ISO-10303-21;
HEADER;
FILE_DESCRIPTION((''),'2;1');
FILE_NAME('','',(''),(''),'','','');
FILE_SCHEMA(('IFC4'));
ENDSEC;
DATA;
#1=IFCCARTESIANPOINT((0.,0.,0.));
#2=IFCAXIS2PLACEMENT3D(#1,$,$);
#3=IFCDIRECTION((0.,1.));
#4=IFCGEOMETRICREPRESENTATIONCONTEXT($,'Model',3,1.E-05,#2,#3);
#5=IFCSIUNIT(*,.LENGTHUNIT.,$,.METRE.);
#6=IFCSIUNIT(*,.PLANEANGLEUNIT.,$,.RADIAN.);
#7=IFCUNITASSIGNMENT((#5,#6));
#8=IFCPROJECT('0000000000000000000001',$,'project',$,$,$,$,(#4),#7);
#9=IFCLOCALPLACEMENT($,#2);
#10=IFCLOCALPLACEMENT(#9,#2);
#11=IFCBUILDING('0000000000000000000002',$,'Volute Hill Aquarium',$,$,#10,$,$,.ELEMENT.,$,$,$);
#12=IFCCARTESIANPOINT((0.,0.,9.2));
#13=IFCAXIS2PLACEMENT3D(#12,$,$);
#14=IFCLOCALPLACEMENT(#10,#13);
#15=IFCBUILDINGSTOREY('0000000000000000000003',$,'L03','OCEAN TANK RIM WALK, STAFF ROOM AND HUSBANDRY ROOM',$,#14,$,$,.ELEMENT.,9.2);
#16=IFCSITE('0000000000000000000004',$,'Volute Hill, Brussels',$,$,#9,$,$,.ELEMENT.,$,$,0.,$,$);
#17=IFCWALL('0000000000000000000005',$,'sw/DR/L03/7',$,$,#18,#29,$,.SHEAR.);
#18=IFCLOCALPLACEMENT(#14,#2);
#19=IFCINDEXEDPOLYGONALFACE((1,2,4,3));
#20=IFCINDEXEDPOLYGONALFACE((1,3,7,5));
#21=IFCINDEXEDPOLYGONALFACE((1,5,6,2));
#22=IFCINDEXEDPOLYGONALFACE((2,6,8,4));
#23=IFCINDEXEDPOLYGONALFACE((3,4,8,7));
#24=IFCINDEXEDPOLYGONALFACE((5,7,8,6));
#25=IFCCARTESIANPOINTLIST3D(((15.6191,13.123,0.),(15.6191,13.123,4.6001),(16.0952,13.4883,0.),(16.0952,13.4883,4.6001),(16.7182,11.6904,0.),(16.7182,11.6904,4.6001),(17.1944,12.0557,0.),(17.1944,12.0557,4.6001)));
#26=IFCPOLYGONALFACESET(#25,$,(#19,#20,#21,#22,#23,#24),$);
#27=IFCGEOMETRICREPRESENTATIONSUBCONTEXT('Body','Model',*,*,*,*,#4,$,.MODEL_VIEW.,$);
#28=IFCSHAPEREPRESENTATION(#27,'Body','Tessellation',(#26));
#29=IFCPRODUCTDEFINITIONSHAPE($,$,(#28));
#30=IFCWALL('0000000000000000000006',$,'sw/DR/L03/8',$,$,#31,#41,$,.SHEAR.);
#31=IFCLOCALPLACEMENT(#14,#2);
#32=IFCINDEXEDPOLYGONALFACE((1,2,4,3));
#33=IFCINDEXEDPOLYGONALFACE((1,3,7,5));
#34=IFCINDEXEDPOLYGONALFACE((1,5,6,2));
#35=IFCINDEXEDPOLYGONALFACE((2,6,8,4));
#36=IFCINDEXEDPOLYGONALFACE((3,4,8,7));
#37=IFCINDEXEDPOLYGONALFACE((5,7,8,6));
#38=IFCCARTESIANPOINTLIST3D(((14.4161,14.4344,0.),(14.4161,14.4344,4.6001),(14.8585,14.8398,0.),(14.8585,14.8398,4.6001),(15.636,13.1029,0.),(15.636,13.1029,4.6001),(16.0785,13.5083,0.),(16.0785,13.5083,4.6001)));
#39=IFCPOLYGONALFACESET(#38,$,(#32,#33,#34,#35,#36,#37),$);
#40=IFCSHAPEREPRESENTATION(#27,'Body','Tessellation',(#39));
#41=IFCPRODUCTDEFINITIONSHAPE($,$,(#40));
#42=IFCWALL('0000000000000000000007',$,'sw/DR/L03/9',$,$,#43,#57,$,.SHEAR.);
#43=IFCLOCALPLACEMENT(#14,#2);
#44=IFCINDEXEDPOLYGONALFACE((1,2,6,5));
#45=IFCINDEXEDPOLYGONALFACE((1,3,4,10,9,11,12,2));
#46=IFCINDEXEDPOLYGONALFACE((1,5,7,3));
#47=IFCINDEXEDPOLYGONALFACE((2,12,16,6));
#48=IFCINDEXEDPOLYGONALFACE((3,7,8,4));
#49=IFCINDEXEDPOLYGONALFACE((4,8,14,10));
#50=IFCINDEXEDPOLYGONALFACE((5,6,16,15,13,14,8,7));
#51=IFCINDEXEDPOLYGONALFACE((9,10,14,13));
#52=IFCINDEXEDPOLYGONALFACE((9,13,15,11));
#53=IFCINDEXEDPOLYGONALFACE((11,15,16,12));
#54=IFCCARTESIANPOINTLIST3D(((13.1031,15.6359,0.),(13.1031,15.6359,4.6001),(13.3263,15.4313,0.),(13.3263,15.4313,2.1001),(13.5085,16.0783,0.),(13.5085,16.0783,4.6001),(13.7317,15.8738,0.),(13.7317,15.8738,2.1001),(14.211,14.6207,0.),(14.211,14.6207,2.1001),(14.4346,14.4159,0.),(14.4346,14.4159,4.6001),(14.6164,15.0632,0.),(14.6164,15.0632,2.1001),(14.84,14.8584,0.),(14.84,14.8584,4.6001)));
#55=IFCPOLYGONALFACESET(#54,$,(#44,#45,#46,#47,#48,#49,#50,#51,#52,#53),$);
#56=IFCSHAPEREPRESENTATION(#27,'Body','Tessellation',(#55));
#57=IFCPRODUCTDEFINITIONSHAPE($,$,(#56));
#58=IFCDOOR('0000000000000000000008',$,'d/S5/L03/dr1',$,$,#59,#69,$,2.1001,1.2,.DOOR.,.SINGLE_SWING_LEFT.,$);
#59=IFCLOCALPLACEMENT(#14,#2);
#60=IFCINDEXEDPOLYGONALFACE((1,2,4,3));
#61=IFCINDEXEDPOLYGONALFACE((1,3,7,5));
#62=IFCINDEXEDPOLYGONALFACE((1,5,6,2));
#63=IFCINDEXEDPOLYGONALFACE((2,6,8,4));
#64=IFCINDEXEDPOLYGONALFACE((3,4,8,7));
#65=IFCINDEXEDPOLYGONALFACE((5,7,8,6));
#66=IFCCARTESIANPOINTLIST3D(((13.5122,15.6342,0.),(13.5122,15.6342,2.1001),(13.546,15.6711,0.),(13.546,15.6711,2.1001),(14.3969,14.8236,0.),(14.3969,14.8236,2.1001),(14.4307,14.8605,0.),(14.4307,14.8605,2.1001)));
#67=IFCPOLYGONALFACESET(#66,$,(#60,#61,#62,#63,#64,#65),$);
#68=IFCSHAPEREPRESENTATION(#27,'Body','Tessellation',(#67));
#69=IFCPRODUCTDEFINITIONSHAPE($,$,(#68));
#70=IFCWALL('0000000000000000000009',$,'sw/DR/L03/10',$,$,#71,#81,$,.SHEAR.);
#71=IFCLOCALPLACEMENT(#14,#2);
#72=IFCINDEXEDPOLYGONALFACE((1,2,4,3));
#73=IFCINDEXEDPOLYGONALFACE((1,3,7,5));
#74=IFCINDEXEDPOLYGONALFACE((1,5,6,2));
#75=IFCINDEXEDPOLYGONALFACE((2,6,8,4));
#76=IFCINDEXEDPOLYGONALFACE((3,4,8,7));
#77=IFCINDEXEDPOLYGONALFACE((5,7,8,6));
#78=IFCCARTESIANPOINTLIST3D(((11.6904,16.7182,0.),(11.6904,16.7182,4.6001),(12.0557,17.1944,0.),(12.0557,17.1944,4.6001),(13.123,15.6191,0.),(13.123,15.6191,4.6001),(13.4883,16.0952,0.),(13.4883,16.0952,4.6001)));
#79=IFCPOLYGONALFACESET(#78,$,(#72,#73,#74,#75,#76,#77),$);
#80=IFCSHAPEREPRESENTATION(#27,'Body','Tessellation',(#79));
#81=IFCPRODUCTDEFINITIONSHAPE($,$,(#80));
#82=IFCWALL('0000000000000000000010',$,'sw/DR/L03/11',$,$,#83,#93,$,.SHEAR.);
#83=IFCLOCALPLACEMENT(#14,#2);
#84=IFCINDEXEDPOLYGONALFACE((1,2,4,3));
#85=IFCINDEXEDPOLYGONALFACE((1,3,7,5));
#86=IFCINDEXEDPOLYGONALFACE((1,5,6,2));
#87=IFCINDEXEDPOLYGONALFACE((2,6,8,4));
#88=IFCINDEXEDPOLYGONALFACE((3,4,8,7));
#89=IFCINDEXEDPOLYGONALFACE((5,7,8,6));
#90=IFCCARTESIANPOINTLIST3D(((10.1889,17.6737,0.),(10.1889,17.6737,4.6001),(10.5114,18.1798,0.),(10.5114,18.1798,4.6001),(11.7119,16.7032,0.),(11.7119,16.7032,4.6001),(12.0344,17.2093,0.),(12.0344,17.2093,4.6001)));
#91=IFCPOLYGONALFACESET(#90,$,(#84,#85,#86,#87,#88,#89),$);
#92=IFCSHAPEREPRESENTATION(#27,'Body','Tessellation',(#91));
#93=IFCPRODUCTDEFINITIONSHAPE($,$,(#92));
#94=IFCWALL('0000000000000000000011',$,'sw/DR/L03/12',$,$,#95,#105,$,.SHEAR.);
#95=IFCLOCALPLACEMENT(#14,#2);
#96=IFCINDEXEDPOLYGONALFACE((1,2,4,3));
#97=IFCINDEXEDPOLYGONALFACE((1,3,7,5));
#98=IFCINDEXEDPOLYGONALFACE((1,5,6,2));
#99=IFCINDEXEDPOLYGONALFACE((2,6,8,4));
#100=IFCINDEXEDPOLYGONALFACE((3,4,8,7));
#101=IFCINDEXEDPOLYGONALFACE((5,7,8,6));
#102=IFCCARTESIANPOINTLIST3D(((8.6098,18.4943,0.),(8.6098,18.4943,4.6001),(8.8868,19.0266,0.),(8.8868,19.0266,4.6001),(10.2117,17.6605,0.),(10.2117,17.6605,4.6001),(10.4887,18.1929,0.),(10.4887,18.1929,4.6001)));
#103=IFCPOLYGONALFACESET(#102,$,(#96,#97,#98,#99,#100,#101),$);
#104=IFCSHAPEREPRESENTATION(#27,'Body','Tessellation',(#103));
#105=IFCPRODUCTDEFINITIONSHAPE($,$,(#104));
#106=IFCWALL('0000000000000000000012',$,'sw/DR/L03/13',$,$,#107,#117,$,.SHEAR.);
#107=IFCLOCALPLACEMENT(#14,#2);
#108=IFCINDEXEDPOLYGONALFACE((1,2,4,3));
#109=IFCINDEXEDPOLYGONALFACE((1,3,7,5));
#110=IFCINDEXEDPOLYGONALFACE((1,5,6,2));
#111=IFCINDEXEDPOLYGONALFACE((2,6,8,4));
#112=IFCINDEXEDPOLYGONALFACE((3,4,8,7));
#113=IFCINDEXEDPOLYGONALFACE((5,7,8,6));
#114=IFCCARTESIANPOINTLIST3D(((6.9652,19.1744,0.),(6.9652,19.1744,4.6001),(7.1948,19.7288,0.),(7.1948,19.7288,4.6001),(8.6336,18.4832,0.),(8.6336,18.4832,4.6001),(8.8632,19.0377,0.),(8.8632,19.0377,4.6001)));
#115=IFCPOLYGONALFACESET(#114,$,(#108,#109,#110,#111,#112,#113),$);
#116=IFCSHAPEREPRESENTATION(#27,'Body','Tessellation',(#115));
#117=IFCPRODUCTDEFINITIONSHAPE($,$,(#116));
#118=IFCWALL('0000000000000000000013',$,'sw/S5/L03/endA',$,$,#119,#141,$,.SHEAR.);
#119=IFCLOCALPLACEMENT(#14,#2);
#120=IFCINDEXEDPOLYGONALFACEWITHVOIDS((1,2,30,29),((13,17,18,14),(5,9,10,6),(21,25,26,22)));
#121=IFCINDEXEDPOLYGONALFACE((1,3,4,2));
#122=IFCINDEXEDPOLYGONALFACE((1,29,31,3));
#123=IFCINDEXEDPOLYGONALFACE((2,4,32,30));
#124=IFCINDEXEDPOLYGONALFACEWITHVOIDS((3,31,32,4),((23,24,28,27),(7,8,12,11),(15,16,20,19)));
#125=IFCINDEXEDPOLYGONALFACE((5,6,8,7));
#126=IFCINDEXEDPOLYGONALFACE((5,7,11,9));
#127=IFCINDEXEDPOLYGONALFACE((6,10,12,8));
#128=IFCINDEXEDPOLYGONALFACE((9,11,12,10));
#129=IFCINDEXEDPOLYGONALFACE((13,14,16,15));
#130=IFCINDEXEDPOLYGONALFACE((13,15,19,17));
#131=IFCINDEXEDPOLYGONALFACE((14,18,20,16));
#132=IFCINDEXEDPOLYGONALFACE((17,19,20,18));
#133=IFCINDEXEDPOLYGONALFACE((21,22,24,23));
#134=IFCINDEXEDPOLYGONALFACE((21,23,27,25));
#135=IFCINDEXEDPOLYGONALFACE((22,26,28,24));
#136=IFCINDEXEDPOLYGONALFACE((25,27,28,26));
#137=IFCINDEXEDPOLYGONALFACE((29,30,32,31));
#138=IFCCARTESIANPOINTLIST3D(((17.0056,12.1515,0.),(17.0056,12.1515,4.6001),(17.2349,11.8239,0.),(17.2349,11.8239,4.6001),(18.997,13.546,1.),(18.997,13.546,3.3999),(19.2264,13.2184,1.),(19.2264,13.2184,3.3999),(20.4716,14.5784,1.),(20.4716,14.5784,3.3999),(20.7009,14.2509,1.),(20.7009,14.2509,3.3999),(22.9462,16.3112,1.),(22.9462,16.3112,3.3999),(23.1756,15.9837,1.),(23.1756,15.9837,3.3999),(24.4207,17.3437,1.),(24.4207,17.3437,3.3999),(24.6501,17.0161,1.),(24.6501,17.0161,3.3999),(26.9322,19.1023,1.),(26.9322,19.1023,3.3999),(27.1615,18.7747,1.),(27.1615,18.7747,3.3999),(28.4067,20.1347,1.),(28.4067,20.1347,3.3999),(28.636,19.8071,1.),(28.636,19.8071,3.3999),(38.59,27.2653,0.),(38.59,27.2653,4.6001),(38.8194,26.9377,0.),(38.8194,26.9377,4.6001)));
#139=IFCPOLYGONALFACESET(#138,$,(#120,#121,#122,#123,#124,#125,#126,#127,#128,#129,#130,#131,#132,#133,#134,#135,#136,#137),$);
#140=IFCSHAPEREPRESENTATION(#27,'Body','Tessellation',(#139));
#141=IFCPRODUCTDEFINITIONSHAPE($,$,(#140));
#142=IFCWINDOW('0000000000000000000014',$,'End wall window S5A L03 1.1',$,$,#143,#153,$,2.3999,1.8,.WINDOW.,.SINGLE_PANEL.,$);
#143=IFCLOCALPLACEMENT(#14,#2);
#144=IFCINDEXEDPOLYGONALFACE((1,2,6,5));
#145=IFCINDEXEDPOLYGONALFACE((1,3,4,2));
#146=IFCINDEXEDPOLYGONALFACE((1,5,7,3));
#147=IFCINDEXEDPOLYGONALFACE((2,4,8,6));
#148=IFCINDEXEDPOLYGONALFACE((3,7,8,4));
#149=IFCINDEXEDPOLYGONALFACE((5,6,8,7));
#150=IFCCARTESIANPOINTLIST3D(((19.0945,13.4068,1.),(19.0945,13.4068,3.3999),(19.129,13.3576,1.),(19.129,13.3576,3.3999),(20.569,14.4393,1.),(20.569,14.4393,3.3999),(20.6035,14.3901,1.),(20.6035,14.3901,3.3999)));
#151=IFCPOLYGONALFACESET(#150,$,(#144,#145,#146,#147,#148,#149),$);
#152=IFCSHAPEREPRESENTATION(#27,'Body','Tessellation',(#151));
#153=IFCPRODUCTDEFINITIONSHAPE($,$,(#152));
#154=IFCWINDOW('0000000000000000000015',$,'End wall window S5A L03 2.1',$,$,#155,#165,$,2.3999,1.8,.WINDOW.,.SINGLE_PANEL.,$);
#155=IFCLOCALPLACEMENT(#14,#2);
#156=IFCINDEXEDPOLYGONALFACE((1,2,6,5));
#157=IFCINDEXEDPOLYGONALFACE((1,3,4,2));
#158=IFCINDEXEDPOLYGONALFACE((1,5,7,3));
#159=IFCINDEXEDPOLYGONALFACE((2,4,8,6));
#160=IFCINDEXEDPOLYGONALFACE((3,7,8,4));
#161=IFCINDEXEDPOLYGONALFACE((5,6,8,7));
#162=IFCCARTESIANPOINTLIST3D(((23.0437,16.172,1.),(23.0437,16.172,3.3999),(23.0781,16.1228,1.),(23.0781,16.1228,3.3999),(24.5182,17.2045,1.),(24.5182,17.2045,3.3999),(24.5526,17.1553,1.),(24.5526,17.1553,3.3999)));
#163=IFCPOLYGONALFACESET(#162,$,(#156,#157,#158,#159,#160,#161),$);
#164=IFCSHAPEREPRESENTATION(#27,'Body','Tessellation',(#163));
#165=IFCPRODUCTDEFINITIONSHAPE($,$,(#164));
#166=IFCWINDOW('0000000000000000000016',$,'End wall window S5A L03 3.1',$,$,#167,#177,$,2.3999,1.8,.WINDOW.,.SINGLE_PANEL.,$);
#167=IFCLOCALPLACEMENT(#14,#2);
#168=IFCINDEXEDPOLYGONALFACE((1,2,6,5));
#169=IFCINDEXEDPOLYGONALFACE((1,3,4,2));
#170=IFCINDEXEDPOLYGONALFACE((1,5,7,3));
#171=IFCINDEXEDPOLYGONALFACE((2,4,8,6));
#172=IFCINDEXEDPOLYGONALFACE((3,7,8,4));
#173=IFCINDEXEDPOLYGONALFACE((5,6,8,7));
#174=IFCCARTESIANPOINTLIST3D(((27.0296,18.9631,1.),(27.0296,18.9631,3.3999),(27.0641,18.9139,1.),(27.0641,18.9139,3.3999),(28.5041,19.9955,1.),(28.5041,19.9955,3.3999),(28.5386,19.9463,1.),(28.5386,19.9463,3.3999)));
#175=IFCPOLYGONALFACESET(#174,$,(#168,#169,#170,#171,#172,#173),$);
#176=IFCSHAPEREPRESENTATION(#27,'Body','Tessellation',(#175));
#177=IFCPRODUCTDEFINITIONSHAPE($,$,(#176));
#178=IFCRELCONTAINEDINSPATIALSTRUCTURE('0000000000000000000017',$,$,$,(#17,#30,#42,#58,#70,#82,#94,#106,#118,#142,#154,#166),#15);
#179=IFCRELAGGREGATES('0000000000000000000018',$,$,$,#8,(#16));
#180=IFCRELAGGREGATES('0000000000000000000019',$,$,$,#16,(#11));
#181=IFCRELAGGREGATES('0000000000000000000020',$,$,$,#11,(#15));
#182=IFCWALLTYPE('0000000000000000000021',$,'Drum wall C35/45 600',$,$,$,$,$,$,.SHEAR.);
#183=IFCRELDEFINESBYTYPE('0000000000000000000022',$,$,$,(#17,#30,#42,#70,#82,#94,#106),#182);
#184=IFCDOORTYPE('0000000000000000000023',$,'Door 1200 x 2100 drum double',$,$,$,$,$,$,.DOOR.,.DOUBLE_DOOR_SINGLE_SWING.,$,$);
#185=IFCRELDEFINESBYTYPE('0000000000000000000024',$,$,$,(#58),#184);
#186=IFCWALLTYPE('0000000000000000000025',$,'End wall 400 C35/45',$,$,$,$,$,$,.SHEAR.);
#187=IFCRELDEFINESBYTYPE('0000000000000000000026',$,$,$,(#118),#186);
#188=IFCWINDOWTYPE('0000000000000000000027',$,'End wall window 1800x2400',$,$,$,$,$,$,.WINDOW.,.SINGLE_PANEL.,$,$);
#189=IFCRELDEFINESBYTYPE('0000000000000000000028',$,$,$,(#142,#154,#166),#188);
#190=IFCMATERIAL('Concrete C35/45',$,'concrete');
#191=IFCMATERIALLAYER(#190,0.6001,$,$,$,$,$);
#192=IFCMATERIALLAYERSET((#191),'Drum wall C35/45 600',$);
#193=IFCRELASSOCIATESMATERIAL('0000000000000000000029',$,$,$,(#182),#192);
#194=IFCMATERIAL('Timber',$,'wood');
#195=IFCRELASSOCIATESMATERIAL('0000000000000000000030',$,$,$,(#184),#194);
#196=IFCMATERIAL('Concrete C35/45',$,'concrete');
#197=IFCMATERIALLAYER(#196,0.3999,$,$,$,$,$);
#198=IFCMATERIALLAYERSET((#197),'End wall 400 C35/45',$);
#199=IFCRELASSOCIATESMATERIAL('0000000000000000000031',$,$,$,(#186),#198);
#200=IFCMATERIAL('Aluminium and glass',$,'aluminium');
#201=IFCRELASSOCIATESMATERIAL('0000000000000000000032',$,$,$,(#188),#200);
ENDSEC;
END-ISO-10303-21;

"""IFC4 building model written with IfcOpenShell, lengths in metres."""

from ifc_helpers import new_model, si_unit, direction, frame, frame_2d, origin, place, context, subcontext, project, spatial, rectangle, extrude, material, layer, layer_set, type_object, element, fill, save


model = new_model("IFC4")

# Units and contexts
model_context = context("Model", 3, precision=1e-05, world=origin(), true_north=direction((0.0, 1.0)))
body_context = subcontext(model_context, "Body", "Model", "MODEL_VIEW")
ifc_project = project(units=[si_unit("LENGTHUNIT", "METRE"), si_unit("PLANEANGLEUNIT", "RADIAN")], contexts=[model_context])

# Site, building, storey
site_placement = place(None, origin())
site = spatial("IfcSite", under=ifc_project, at=site_placement, Name="Volute Hill, Brussels", CompositionType="ELEMENT", RefElevation=0.0)
building_placement = place(site_placement, origin())
building = spatial("IfcBuilding", under=site, at=building_placement, Name="Volute Hill Aquarium", CompositionType="ELEMENT")
storey_placement = place(building_placement, frame((0.0, 0.0, 9.2)))
storey = spatial("IfcBuildingStorey", under=building, at=storey_placement, Name="L03", Description="OCEAN TANK RIM WALK, STAFF ROOM AND HUSBANDRY ROOM", CompositionType="ELEMENT", Elevation=9.2)

# Walls
ifc_material_1 = material(Name="Concrete C35/45", Category="concrete")
ifc_layer_1 = layer(ifc_material_1, 0.6001)
ifc_layer_set_1 = layer_set([ifc_layer_1], Name="Drum wall C35/45 600")
wall_type_1 = type_object("IfcWallType", Name="Drum wall C35/45 600", PredefinedType="SHEAR", material=ifc_layer_set_1)
wall_1_placement = place(storey_placement, frame((16.9563, 11.873, 0.0), z_axis=(0.0, 0.0, 1.0), x_axis=(-0.608704, 0.793397, 0.0)))
element("IfcWall", 1, at=wall_1_placement, inside=storey, type_object=wall_type_1, Name="sw/DR/L03/7", PredefinedType="SHEAR", context=body_context, shape_type="SweptSolid", body=[
    extrude(rectangle(XDim=1.8057, YDim=0.6001, at=frame_2d((0.9028, 0.0))), origin(), (0.0, 0.0, 1.0), 4.6001),
])
wall_2_placement = place(storey_placement, frame((15.8572, 13.3057, 0.0), z_axis=(0.0, 0.0, 1.0), x_axis=(-0.675541, 0.737322, 0.0)))
element("IfcWall", 2, at=wall_2_placement, inside=storey, type_object=wall_type_1, Name="sw/DR/L03/8", PredefinedType="SHEAR", context=body_context, shape_type="SweptSolid", body=[
    extrude(rectangle(XDim=1.8059, YDim=0.6001, at=frame_2d((0.9028, 0.0))), origin(), (0.0, 0.0, 1.0), 4.6001),
])

# Wall, opening, door
wall_3_placement = place(storey_placement, frame((14.6372, 14.6372, 0.0), z_axis=(0.0, 0.0, 1.0), x_axis=(-0.737322, 0.675541, 0.0)))
wall_3 = element("IfcWall", 3, at=wall_3_placement, inside=storey, type_object=wall_type_1, Name="sw/DR/L03/9", PredefinedType="SHEAR", context=body_context, shape_type="SweptSolid", body=[
    extrude(rectangle(XDim=1.8059, YDim=0.6001, at=frame_2d((0.9028, 0.0))), origin(), (0.0, 0.0, 1.0), 4.6001),
])
opening_1_placement = place(wall_3_placement, frame((0.303, 0.0, 0.0)))
opening_1 = element("IfcOpeningElement", 4, at=opening_1_placement, cuts=wall_3, PredefinedType="OPENING", context=body_context, shape_type="SweptSolid", body=[
    extrude(rectangle(XDim=1.2, YDim=2.1001, at=frame_2d((0.6001, 1.05))), frame((0.0, 0.3101, 0.0), z_axis=(0.0, -1.0, 0.0), x_axis=(1.0, 0.0, 0.0)), (0.0, 0.0, 1.0), 0.6201),
])
ifc_material_2 = material(Name="Timber", Category="wood")
door_type_1 = type_object("IfcDoorType", Name="Door 1200 x 2100 drum double", OperationType="DOUBLE_DOOR_SINGLE_SWING", PredefinedType="DOOR", material=ifc_material_2)
door_1_placement = place(opening_1_placement, origin())
door_1 = element("IfcDoor", 5, at=door_1_placement, inside=storey, type_object=door_type_1, Name="d/S5/L03/dr1", OperationType="SINGLE_SWING_LEFT", OverallHeight=2.1001, OverallWidth=1.2, PredefinedType="DOOR", context=body_context, shape_type="SweptSolid", body=[
    extrude(rectangle(XDim=1.2, YDim=2.1001, at=frame_2d((0.6001, 1.05))), frame((0.0, 0.0249, 0.0), z_axis=(0.0, -1.0, 0.0), x_axis=(1.0, 0.0, 0.0)), (0.0, 0.0, 1.0), 0.05),
])
fill(opening_1, door_1)

# Walls
wall_4_placement = place(storey_placement, frame((13.3057, 15.8572, 0.0), z_axis=(0.0, 0.0, 1.0), x_axis=(-0.793397, 0.608704, 0.0)))
element("IfcWall", 6, at=wall_4_placement, inside=storey, type_object=wall_type_1, Name="sw/DR/L03/10", PredefinedType="SHEAR", context=body_context, shape_type="SweptSolid", body=[
    extrude(rectangle(XDim=1.8057, YDim=0.6001, at=frame_2d((0.9028, 0.0))), origin(), (0.0, 0.0, 1.0), 4.6001),
])
for number, where, z_axis, x_axis, name in (
    (7, (11.873, 16.9563, 0.0), (0.0, 0.0, 1.0), (-0.843333, 0.537392, 0.0), "sw/DR/L03/11"),
    (8, (10.3501, 17.9268, 0.0), (0.0, 0.0, 1.0), (-0.887035, 0.461702, 0.0), "sw/DR/L03/12"),
    (9, (8.7483, 18.7605, 0.0), (0.0, 0.0, 1.0), (-0.923867, 0.382714, 0.0), "sw/DR/L03/13"),
):
    element("IfcWall", number, at=place(storey_placement, frame(where, z_axis=z_axis, x_axis=x_axis)), inside=storey, type_object=wall_type_1, Name=name, PredefinedType="SHEAR", context=body_context, shape_type="SweptSolid", body=[
        extrude(rectangle(XDim=1.8059, YDim=0.6001, at=frame_2d((0.9028, 0.0))), origin(), (0.0, 0.0, 1.0), 4.6001),
    ])

# Wall, openings, windows
ifc_material_3 = material(Name="Concrete C35/45", Category="concrete")
ifc_layer_2 = layer(ifc_material_3, 0.3999)
ifc_layer_set_2 = layer_set([ifc_layer_2], Name="End wall 400 C35/45")
wall_type_2 = type_object("IfcWallType", Name="End wall 400 C35/45", PredefinedType="SHEAR", material=ifc_layer_set_2)
wall_5_placement = place(storey_placement, frame((17.1204, 11.9878, 0.0), z_axis=(0.0, 0.0, 1.0), x_axis=(0.819149, 0.57358, 0.0)))
wall_5 = element("IfcWall", 10, at=wall_5_placement, inside=storey, type_object=wall_type_2, Name="sw/S5/L03/endA", PredefinedType="SHEAR", context=body_context, shape_type="SweptSolid", body=[
    extrude(rectangle(XDim=26.3499, YDim=0.3999, at=frame_2d((13.1748, 0.0))), origin(), (0.0, 0.0, 1.0), 4.6001),
])
opening_2_placement = place(wall_5_placement, frame((2.4312, 0.0, 1.0)))
opening_2 = element("IfcOpeningElement", 11, at=opening_2_placement, cuts=wall_5, PredefinedType="OPENING", context=body_context, shape_type="SweptSolid", body=[
    extrude(rectangle(XDim=1.8, YDim=2.3999, at=frame_2d((0.8999, 1.2))), frame((0.0, 0.21, 0.0), z_axis=(0.0, -1.0, 0.0), x_axis=(1.0, 0.0, 0.0)), (0.0, 0.0, 1.0), 0.4199),
])
opening_3_placement = place(wall_5_placement, frame((7.2522, 0.0, 1.0)))
opening_3 = element("IfcOpeningElement", 12, at=opening_3_placement, cuts=wall_5, PredefinedType="OPENING", context=body_context, shape_type="SweptSolid", body=[
    extrude(rectangle(XDim=1.8, YDim=2.3999, at=frame_2d((0.8999, 1.2))), frame((0.0, 0.21, 0.0), z_axis=(0.0, -1.0, 0.0), x_axis=(1.0, 0.0, 0.0)), (0.0, 0.0, 1.0), 0.4199),
])
opening_4_placement = place(wall_5_placement, frame((12.1182, 0.0, 1.0)))
opening_4 = element("IfcOpeningElement", 13, at=opening_4_placement, cuts=wall_5, PredefinedType="OPENING", context=body_context, shape_type="SweptSolid", body=[
    extrude(rectangle(XDim=1.8, YDim=2.3999, at=frame_2d((0.8999, 1.2))), frame((0.0, 0.21, 0.0), z_axis=(0.0, -1.0, 0.0), x_axis=(1.0, 0.0, 0.0)), (0.0, 0.0, 1.0), 0.4199),
])
ifc_material_4 = material(Name="Aluminium and glass", Category="aluminium")
window_type = type_object("IfcWindowType", Name="End wall window 1800x2400", PartitioningType="SINGLE_PANEL", PredefinedType="WINDOW", material=ifc_material_4)
window_1_placement = place(opening_2_placement, origin())
window_1 = element("IfcWindow", 14, at=window_1_placement, inside=storey, type_object=window_type, Name="End wall window S5A L03 1.1", OverallHeight=2.3999, OverallWidth=1.8, PartitioningType="SINGLE_PANEL", PredefinedType="WINDOW", context=body_context, shape_type="SweptSolid", body=[
    extrude(rectangle(XDim=1.8, YDim=2.3999, at=frame_2d((0.8999, 1.2))), frame((0.0, 0.03, 0.0), z_axis=(0.0, -1.0, 0.0), x_axis=(1.0, 0.0, 0.0)), (0.0, 0.0, 1.0), 0.0601),
])
fill(opening_2, window_1)
window_2_placement = place(opening_3_placement, origin())
window_2 = element("IfcWindow", 15, at=window_2_placement, inside=storey, type_object=window_type, Name="End wall window S5A L03 2.1", OverallHeight=2.3999, OverallWidth=1.8, PartitioningType="SINGLE_PANEL", PredefinedType="WINDOW", context=body_context, shape_type="SweptSolid", body=[
    extrude(rectangle(XDim=1.8, YDim=2.3999, at=frame_2d((0.8999, 1.2))), frame((0.0, 0.03, 0.0), z_axis=(0.0, -1.0, 0.0), x_axis=(1.0, 0.0, 0.0)), (0.0, 0.0, 1.0), 0.0601),
])
fill(opening_3, window_2)
window_3_placement = place(opening_4_placement, origin())
window_3 = element("IfcWindow", 16, at=window_3_placement, inside=storey, type_object=window_type, Name="End wall window S5A L03 3.1", OverallHeight=2.3999, OverallWidth=1.8, PartitioningType="SINGLE_PANEL", PredefinedType="WINDOW", context=body_context, shape_type="SweptSolid", body=[
    extrude(rectangle(XDim=1.8, YDim=2.3999, at=frame_2d((0.8999, 1.2))), frame((0.0, 0.03, 0.0), z_axis=(0.0, -1.0, 0.0), x_axis=(1.0, 0.0, 0.0)), (0.0, 0.0, 1.0), 0.0601),
])
fill(opening_4, window_3)

save(model, "model.ifc")
